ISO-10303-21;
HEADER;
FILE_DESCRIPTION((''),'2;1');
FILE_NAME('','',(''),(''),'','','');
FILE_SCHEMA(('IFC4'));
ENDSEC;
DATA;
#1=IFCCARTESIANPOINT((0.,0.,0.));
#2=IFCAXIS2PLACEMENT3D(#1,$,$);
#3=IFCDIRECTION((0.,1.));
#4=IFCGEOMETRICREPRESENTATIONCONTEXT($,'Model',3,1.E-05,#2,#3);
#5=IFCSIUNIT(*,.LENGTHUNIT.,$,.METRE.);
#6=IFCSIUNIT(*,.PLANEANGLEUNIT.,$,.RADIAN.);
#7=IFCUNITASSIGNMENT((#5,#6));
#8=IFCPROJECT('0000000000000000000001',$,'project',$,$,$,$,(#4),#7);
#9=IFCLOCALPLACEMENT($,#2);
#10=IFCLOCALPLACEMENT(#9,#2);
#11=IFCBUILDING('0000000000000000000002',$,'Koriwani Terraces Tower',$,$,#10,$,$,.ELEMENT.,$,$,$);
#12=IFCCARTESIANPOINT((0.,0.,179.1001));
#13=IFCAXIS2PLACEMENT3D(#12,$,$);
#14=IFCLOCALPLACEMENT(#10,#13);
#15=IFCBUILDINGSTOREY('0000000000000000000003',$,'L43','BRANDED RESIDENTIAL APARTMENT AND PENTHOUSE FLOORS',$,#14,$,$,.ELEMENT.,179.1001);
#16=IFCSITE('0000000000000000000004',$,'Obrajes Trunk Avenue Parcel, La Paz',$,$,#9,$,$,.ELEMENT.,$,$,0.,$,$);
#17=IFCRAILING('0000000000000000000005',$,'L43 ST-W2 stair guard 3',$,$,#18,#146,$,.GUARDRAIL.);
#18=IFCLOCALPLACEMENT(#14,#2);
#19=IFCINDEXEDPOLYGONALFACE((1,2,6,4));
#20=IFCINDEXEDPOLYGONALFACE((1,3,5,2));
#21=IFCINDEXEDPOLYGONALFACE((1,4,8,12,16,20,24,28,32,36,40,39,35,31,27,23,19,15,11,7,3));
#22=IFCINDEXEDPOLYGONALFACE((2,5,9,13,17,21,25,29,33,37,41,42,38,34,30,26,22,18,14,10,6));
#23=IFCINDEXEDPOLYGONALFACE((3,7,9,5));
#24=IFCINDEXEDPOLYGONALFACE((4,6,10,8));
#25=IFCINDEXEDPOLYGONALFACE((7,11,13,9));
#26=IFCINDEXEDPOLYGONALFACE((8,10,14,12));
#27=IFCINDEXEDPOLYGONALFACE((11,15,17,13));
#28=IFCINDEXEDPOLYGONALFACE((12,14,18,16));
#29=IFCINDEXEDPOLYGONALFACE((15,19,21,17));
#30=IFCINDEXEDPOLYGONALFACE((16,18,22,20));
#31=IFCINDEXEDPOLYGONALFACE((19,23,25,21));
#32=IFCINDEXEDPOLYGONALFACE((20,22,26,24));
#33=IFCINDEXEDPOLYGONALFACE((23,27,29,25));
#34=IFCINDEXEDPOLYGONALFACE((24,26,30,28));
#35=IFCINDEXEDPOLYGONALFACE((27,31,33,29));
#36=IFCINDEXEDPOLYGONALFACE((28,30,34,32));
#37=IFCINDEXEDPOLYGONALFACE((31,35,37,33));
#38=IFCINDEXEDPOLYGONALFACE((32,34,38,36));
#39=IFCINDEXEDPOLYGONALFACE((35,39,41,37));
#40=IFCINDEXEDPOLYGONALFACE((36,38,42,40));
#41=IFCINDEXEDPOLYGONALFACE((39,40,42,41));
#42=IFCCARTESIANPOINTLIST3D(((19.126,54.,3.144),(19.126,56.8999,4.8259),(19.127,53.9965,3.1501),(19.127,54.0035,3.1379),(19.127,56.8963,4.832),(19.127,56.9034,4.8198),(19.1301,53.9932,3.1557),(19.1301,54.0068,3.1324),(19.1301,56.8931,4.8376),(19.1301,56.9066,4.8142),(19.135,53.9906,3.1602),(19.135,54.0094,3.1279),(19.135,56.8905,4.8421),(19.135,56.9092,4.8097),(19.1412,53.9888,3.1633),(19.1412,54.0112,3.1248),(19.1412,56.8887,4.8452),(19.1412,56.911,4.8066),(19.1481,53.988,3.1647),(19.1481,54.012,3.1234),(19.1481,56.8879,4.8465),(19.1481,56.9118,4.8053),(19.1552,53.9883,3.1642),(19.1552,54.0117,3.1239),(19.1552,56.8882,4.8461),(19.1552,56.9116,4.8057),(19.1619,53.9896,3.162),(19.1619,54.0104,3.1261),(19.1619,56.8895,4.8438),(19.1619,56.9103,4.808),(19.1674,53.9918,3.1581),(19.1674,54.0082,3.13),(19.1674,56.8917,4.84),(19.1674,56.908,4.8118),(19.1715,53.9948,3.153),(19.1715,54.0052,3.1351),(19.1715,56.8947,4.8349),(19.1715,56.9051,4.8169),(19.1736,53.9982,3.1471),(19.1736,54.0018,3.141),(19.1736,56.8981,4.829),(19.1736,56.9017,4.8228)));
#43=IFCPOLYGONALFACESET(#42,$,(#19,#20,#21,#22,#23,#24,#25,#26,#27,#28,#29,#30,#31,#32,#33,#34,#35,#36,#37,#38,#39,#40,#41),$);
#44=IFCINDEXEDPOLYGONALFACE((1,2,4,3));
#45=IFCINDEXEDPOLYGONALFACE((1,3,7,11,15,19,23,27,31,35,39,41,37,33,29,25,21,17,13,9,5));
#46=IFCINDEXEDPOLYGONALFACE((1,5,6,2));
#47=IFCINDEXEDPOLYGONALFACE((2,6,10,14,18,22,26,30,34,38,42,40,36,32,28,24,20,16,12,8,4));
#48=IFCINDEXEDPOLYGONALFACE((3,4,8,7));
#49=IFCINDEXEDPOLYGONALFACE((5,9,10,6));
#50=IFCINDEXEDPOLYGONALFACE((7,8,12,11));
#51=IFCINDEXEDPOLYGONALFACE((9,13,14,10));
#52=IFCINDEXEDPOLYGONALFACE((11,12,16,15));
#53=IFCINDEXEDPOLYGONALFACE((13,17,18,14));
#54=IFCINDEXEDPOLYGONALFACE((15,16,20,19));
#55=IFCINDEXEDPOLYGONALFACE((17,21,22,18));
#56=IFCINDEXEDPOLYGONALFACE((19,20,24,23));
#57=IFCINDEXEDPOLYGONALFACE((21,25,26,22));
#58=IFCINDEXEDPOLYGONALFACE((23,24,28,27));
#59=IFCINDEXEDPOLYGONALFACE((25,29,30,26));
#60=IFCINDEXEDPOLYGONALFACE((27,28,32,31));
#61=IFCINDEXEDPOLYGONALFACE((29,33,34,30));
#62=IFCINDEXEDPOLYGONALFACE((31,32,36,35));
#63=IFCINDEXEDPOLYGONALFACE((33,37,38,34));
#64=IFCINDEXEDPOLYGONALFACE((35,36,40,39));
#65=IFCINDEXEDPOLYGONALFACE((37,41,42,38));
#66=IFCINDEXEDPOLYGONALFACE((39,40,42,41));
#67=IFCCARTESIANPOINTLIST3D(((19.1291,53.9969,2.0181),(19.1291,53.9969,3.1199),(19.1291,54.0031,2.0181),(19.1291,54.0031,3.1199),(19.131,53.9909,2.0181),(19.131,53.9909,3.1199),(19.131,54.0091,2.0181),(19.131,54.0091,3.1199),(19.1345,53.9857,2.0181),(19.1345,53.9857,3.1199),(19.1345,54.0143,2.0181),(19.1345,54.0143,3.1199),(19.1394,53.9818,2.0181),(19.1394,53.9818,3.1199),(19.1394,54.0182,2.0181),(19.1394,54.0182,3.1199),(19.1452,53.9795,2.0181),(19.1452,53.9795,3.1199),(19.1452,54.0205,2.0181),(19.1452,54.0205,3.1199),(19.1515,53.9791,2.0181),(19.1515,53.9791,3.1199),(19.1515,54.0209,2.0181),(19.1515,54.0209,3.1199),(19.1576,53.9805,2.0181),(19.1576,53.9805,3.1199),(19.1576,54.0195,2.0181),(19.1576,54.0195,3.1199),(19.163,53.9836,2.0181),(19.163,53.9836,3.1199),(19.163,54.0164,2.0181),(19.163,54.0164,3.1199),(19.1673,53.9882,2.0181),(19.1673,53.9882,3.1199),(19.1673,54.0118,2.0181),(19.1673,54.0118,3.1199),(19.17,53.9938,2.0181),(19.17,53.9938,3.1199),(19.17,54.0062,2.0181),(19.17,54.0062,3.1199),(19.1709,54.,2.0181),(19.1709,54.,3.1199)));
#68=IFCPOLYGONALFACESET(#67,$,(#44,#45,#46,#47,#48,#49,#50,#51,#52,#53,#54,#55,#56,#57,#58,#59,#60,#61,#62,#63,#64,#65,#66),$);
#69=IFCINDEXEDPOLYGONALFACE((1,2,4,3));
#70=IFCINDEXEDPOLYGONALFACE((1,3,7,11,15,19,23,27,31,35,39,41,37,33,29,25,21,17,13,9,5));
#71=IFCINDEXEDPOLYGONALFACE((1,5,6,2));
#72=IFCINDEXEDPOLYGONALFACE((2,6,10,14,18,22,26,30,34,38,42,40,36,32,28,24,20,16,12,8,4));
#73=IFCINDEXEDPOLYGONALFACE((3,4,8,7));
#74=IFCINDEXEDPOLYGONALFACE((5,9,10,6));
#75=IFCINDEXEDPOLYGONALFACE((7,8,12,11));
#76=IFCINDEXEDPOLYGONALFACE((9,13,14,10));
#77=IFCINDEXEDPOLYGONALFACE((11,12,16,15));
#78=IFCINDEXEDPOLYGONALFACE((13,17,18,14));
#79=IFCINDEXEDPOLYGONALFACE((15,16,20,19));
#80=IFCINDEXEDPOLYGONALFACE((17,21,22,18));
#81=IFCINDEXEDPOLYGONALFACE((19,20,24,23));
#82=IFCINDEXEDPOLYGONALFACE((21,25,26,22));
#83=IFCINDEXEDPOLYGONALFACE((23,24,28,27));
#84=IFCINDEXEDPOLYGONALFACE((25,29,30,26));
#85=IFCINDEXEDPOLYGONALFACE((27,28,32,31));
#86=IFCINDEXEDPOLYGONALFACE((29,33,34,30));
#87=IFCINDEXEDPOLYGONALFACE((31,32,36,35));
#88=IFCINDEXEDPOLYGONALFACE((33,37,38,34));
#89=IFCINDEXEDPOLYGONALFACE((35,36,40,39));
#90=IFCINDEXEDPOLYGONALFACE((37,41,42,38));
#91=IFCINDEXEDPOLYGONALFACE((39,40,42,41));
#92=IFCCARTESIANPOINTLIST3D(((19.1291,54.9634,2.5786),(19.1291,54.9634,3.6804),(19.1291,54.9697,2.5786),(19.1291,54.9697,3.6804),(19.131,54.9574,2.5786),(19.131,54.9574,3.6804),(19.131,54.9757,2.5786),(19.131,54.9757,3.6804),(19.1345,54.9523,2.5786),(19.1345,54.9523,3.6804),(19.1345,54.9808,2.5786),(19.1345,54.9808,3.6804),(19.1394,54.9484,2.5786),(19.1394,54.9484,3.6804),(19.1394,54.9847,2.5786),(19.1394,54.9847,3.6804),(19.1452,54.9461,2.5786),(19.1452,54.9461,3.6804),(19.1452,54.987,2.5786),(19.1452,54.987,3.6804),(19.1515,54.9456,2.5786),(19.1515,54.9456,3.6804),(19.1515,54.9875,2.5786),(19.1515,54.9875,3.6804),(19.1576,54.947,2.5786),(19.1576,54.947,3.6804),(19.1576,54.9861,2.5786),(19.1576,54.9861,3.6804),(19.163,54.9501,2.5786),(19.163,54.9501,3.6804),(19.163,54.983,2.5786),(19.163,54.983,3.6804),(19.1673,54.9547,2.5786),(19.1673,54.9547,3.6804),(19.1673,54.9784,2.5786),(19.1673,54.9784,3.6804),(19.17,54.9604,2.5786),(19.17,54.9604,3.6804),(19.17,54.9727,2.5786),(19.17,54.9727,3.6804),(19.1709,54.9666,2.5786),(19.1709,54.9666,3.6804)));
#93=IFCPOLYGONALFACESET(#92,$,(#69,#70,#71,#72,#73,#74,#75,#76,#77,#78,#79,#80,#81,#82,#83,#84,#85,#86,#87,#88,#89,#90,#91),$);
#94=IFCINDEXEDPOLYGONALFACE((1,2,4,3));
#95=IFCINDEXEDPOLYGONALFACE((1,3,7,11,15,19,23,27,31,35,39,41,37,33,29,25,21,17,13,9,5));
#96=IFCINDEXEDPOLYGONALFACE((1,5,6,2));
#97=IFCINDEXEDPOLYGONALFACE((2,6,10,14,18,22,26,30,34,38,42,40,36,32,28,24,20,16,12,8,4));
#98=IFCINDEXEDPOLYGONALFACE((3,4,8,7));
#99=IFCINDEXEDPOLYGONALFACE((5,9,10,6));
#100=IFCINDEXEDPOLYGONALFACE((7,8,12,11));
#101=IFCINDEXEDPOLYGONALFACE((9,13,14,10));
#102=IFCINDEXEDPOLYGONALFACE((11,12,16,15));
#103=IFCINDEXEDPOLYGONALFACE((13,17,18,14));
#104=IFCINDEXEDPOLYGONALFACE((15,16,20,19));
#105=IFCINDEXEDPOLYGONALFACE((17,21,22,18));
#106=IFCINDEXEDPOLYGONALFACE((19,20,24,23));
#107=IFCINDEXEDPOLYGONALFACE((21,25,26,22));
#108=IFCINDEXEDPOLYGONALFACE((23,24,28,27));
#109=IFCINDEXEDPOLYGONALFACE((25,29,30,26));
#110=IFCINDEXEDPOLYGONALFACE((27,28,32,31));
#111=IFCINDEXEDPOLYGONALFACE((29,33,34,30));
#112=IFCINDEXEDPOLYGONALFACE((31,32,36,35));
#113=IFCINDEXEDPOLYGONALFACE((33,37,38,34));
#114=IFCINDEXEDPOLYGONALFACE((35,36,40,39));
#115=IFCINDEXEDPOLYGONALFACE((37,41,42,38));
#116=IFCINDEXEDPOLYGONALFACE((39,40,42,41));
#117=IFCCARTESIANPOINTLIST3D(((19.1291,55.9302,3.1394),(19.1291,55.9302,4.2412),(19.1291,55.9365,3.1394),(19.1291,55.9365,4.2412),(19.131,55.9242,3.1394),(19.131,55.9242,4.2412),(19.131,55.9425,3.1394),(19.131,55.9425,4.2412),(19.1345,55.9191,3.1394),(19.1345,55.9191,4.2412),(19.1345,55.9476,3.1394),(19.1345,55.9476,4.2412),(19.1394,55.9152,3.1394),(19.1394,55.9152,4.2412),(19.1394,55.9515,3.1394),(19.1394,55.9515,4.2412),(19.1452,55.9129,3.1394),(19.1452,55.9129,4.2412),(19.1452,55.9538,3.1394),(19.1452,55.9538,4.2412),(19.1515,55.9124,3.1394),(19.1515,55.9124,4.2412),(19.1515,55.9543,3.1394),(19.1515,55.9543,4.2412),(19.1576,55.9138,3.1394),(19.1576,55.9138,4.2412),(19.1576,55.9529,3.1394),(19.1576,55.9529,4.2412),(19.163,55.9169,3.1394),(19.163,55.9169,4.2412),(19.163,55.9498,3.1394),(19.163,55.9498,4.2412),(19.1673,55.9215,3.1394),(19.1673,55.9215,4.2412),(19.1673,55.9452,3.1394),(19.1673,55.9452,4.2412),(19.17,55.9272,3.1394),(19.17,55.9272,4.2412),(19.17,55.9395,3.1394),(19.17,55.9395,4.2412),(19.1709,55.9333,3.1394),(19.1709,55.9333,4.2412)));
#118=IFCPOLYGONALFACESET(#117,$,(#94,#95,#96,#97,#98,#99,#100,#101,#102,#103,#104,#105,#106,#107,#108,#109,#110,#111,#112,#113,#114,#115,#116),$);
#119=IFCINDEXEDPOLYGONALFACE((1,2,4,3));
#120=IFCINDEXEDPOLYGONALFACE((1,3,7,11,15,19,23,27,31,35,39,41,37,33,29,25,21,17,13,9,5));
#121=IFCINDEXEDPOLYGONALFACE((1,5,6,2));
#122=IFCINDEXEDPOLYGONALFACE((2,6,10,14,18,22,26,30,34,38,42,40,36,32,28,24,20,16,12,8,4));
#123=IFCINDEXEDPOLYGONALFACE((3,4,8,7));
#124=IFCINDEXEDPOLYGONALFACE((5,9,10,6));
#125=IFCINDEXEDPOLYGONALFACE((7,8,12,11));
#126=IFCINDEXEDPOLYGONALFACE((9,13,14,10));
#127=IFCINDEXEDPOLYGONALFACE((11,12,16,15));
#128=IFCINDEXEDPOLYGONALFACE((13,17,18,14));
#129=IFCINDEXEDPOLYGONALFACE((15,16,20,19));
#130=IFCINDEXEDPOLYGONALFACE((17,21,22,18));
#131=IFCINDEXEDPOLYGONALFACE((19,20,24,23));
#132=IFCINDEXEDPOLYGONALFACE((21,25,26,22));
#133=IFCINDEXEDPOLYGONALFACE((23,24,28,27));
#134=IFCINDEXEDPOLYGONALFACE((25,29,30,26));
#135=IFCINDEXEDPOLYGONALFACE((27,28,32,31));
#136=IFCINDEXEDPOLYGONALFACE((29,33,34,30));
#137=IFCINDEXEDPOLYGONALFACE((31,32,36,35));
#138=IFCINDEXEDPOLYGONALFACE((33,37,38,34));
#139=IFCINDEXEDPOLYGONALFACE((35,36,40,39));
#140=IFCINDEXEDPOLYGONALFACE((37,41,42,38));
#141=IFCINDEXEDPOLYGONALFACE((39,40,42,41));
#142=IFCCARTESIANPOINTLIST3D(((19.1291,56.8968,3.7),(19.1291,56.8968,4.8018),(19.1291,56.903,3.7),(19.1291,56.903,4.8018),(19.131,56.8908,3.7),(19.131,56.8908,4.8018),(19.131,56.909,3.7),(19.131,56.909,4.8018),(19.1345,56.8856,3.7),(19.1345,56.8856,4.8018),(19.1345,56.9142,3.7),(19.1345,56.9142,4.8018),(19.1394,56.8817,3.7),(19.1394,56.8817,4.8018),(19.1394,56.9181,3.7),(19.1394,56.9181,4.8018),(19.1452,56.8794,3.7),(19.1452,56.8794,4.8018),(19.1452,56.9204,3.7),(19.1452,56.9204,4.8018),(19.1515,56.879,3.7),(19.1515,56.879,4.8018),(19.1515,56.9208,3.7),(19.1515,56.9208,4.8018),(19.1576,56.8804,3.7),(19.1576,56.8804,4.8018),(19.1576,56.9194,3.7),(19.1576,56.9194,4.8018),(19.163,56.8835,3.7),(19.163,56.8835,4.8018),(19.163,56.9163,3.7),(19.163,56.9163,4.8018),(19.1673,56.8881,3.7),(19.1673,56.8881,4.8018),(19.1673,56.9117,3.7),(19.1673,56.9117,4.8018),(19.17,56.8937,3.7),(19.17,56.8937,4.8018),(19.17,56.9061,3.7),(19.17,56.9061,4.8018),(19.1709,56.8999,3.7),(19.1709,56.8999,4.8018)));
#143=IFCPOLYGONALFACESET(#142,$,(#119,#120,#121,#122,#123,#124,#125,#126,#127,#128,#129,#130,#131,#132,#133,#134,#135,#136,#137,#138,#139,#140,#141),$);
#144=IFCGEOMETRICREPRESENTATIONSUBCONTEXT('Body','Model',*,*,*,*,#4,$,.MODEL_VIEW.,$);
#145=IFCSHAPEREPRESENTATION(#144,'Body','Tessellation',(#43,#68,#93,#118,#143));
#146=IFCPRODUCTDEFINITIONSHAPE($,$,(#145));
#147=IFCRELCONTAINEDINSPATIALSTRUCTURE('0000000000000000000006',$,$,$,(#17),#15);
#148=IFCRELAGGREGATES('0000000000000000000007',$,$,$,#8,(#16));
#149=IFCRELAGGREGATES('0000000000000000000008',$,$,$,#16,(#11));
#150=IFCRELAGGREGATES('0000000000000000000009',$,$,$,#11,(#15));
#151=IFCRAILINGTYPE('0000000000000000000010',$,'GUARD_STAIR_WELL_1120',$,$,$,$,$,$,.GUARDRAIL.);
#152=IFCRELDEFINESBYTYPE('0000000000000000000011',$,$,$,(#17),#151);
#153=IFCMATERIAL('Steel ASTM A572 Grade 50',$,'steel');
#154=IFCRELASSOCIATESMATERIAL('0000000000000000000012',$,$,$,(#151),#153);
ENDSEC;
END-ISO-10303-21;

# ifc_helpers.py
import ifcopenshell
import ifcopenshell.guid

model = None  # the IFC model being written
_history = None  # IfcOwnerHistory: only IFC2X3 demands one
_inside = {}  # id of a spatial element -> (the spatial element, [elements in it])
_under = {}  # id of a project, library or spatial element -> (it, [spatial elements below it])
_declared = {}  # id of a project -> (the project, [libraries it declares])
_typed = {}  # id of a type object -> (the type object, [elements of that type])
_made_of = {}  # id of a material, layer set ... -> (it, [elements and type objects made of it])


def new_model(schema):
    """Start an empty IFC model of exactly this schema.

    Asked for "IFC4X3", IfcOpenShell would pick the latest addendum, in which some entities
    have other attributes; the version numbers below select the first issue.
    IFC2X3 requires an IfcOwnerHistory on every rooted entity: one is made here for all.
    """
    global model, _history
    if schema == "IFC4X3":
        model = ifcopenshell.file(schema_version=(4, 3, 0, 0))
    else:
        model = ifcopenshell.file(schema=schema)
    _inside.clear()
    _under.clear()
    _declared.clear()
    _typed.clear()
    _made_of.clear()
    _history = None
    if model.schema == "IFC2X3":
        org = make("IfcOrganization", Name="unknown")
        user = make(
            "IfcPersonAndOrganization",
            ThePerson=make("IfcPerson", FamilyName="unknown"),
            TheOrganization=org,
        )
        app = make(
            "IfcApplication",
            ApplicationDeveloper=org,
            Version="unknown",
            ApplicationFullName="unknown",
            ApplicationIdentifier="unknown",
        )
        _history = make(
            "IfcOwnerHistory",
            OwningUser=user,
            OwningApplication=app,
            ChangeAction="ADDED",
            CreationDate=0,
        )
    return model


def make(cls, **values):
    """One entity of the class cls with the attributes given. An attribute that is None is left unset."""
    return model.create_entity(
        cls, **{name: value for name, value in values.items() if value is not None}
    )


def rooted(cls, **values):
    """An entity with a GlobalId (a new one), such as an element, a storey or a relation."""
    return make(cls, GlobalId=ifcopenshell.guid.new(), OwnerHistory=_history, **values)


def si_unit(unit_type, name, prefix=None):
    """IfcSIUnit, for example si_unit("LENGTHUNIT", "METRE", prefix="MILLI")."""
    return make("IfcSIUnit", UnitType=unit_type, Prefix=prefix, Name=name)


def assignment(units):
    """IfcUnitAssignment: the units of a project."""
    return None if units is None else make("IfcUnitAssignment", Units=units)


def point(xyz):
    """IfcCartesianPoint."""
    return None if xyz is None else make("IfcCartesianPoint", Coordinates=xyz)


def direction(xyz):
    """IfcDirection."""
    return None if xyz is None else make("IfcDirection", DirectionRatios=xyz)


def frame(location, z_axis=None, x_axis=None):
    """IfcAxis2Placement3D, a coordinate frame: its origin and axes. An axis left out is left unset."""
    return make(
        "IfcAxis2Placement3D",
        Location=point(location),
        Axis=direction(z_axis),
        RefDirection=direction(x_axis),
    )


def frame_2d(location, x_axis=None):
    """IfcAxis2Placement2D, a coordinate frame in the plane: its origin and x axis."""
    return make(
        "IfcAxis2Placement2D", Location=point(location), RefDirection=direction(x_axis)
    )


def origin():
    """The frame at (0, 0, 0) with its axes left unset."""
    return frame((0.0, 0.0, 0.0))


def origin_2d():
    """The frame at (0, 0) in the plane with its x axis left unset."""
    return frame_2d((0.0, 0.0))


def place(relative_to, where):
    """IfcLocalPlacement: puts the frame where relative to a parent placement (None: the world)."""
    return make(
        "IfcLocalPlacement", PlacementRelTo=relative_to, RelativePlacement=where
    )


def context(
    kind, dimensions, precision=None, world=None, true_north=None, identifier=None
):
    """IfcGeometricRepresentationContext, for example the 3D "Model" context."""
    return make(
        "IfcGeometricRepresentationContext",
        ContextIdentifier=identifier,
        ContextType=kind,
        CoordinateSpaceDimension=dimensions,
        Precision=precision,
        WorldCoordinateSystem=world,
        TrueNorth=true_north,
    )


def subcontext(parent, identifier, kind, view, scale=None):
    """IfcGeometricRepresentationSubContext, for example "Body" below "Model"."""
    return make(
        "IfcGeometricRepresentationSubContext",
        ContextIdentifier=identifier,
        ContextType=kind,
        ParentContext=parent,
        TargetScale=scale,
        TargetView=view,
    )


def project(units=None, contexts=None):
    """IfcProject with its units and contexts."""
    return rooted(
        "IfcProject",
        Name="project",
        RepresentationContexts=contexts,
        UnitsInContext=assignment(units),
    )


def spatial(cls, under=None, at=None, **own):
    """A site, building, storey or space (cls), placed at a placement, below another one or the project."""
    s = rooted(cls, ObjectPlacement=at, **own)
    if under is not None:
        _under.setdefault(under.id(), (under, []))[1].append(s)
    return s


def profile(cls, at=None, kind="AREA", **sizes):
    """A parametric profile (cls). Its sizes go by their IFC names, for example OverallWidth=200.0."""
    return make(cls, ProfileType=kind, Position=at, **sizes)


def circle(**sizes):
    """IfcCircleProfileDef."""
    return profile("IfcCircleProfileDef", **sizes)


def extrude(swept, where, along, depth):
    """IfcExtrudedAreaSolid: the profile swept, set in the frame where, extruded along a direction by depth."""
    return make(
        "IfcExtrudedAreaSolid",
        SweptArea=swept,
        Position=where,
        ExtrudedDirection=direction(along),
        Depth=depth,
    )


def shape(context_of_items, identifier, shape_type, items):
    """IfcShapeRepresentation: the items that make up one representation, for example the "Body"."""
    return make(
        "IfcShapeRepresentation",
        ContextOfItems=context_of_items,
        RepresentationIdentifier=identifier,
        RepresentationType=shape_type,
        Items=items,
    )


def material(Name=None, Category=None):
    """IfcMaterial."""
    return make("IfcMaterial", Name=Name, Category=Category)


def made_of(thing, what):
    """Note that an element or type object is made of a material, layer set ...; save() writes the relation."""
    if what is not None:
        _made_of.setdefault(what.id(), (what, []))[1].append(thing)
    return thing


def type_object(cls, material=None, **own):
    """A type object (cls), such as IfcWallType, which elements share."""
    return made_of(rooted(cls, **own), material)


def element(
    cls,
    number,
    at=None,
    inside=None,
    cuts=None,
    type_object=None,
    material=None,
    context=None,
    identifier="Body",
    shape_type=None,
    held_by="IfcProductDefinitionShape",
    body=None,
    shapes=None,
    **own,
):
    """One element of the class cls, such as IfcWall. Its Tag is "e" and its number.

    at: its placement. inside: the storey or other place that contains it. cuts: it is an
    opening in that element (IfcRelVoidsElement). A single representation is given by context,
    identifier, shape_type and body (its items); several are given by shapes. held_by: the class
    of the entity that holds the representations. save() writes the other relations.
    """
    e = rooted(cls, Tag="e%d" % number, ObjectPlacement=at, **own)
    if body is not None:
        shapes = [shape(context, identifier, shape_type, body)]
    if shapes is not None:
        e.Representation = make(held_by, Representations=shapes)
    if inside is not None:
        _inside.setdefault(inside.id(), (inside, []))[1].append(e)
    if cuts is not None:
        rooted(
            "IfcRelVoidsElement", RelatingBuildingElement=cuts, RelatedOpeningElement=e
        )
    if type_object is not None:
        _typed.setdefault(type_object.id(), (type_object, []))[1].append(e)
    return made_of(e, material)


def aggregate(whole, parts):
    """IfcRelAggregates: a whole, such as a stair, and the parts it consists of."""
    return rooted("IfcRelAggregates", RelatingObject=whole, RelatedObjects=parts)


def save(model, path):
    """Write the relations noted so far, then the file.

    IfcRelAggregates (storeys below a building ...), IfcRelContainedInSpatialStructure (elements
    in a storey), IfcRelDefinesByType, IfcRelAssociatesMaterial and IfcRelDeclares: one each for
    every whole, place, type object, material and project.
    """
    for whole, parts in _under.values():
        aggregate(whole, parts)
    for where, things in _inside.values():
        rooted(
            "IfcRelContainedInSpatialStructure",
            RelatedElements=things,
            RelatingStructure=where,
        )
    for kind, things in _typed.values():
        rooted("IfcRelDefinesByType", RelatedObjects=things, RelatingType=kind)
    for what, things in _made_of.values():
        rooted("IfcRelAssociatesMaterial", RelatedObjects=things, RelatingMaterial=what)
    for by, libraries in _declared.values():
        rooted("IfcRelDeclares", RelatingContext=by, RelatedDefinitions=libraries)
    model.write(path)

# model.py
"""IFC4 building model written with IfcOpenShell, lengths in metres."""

from ifc_helpers import new_model, si_unit, direction, frame, origin, origin_2d, place, context, subcontext, project, spatial, circle, extrude, material, type_object, element, save


model = new_model("IFC4")

# Units and contexts
model_context = context("Model", 3, precision=1e-05, world=origin(), true_north=direction((0.0, 1.0)))
body_context = subcontext(model_context, "Body", "Model", "MODEL_VIEW")
ifc_project = project(units=[si_unit("LENGTHUNIT", "METRE"), si_unit("PLANEANGLEUNIT", "RADIAN")], contexts=[model_context])

# Site, building, storey
site_placement = place(None, origin())
site = spatial("IfcSite", under=ifc_project, at=site_placement, Name="Obrajes Trunk Avenue Parcel, La Paz", CompositionType="ELEMENT", RefElevation=0.0)
building_placement = place(site_placement, origin())
building = spatial("IfcBuilding", under=site, at=building_placement, Name="Koriwani Terraces Tower", CompositionType="ELEMENT")
storey_placement = place(building_placement, frame((0.0, 0.0, 179.1001)))
storey = spatial("IfcBuildingStorey", under=building, at=storey_placement, Name="L43", Description="BRANDED RESIDENTIAL APARTMENT AND PENTHOUSE FLOORS", CompositionType="ELEMENT", Elevation=179.1001)

# Shared definitions
ifc_material_1 = material(Name="Steel ASTM A572 Grade 50", Category="steel")

# Railing
railing_type_1 = type_object("IfcRailingType", Name="GUARD_STAIR_WELL_1120", PredefinedType="GUARDRAIL", material=ifc_material_1)
railing_1_placement = place(storey_placement, frame((19.1499, 54.0, 2.0181)))
element("IfcRailing", 1, at=railing_1_placement, inside=storey, type_object=railing_type_1, Name="L43 ST-W2 stair guard 3", PredefinedType="GUARDRAIL", context=body_context, shape_type="SweptSolid", body=[
    extrude(circle(Radius=0.0239, at=origin_2d()), frame((0.0, 0.0, 1.126), z_axis=(0.0, 0.865039, 0.501705), x_axis=(-1.0, 0.0, 0.0)), (0.0, 0.0, 1.0), 3.3523),
    extrude(circle(Radius=0.021, at=origin_2d()), origin(), (0.0, 0.0, 1.0), 1.1018),
    extrude(circle(Radius=0.021, at=origin_2d()), frame((0.0, 0.9666, 0.5605)), (0.0, 0.0, 1.0), 1.1018),
    extrude(circle(Radius=0.021, at=origin_2d()), frame((0.0, 1.9333, 1.1213)), (0.0, 0.0, 1.0), 1.1018),
    extrude(circle(Radius=0.021, at=origin_2d()), frame((0.0, 2.8999, 1.6819)), (0.0, 0.0, 1.0), 1.1018),
])

save(model, "model.ifc")
